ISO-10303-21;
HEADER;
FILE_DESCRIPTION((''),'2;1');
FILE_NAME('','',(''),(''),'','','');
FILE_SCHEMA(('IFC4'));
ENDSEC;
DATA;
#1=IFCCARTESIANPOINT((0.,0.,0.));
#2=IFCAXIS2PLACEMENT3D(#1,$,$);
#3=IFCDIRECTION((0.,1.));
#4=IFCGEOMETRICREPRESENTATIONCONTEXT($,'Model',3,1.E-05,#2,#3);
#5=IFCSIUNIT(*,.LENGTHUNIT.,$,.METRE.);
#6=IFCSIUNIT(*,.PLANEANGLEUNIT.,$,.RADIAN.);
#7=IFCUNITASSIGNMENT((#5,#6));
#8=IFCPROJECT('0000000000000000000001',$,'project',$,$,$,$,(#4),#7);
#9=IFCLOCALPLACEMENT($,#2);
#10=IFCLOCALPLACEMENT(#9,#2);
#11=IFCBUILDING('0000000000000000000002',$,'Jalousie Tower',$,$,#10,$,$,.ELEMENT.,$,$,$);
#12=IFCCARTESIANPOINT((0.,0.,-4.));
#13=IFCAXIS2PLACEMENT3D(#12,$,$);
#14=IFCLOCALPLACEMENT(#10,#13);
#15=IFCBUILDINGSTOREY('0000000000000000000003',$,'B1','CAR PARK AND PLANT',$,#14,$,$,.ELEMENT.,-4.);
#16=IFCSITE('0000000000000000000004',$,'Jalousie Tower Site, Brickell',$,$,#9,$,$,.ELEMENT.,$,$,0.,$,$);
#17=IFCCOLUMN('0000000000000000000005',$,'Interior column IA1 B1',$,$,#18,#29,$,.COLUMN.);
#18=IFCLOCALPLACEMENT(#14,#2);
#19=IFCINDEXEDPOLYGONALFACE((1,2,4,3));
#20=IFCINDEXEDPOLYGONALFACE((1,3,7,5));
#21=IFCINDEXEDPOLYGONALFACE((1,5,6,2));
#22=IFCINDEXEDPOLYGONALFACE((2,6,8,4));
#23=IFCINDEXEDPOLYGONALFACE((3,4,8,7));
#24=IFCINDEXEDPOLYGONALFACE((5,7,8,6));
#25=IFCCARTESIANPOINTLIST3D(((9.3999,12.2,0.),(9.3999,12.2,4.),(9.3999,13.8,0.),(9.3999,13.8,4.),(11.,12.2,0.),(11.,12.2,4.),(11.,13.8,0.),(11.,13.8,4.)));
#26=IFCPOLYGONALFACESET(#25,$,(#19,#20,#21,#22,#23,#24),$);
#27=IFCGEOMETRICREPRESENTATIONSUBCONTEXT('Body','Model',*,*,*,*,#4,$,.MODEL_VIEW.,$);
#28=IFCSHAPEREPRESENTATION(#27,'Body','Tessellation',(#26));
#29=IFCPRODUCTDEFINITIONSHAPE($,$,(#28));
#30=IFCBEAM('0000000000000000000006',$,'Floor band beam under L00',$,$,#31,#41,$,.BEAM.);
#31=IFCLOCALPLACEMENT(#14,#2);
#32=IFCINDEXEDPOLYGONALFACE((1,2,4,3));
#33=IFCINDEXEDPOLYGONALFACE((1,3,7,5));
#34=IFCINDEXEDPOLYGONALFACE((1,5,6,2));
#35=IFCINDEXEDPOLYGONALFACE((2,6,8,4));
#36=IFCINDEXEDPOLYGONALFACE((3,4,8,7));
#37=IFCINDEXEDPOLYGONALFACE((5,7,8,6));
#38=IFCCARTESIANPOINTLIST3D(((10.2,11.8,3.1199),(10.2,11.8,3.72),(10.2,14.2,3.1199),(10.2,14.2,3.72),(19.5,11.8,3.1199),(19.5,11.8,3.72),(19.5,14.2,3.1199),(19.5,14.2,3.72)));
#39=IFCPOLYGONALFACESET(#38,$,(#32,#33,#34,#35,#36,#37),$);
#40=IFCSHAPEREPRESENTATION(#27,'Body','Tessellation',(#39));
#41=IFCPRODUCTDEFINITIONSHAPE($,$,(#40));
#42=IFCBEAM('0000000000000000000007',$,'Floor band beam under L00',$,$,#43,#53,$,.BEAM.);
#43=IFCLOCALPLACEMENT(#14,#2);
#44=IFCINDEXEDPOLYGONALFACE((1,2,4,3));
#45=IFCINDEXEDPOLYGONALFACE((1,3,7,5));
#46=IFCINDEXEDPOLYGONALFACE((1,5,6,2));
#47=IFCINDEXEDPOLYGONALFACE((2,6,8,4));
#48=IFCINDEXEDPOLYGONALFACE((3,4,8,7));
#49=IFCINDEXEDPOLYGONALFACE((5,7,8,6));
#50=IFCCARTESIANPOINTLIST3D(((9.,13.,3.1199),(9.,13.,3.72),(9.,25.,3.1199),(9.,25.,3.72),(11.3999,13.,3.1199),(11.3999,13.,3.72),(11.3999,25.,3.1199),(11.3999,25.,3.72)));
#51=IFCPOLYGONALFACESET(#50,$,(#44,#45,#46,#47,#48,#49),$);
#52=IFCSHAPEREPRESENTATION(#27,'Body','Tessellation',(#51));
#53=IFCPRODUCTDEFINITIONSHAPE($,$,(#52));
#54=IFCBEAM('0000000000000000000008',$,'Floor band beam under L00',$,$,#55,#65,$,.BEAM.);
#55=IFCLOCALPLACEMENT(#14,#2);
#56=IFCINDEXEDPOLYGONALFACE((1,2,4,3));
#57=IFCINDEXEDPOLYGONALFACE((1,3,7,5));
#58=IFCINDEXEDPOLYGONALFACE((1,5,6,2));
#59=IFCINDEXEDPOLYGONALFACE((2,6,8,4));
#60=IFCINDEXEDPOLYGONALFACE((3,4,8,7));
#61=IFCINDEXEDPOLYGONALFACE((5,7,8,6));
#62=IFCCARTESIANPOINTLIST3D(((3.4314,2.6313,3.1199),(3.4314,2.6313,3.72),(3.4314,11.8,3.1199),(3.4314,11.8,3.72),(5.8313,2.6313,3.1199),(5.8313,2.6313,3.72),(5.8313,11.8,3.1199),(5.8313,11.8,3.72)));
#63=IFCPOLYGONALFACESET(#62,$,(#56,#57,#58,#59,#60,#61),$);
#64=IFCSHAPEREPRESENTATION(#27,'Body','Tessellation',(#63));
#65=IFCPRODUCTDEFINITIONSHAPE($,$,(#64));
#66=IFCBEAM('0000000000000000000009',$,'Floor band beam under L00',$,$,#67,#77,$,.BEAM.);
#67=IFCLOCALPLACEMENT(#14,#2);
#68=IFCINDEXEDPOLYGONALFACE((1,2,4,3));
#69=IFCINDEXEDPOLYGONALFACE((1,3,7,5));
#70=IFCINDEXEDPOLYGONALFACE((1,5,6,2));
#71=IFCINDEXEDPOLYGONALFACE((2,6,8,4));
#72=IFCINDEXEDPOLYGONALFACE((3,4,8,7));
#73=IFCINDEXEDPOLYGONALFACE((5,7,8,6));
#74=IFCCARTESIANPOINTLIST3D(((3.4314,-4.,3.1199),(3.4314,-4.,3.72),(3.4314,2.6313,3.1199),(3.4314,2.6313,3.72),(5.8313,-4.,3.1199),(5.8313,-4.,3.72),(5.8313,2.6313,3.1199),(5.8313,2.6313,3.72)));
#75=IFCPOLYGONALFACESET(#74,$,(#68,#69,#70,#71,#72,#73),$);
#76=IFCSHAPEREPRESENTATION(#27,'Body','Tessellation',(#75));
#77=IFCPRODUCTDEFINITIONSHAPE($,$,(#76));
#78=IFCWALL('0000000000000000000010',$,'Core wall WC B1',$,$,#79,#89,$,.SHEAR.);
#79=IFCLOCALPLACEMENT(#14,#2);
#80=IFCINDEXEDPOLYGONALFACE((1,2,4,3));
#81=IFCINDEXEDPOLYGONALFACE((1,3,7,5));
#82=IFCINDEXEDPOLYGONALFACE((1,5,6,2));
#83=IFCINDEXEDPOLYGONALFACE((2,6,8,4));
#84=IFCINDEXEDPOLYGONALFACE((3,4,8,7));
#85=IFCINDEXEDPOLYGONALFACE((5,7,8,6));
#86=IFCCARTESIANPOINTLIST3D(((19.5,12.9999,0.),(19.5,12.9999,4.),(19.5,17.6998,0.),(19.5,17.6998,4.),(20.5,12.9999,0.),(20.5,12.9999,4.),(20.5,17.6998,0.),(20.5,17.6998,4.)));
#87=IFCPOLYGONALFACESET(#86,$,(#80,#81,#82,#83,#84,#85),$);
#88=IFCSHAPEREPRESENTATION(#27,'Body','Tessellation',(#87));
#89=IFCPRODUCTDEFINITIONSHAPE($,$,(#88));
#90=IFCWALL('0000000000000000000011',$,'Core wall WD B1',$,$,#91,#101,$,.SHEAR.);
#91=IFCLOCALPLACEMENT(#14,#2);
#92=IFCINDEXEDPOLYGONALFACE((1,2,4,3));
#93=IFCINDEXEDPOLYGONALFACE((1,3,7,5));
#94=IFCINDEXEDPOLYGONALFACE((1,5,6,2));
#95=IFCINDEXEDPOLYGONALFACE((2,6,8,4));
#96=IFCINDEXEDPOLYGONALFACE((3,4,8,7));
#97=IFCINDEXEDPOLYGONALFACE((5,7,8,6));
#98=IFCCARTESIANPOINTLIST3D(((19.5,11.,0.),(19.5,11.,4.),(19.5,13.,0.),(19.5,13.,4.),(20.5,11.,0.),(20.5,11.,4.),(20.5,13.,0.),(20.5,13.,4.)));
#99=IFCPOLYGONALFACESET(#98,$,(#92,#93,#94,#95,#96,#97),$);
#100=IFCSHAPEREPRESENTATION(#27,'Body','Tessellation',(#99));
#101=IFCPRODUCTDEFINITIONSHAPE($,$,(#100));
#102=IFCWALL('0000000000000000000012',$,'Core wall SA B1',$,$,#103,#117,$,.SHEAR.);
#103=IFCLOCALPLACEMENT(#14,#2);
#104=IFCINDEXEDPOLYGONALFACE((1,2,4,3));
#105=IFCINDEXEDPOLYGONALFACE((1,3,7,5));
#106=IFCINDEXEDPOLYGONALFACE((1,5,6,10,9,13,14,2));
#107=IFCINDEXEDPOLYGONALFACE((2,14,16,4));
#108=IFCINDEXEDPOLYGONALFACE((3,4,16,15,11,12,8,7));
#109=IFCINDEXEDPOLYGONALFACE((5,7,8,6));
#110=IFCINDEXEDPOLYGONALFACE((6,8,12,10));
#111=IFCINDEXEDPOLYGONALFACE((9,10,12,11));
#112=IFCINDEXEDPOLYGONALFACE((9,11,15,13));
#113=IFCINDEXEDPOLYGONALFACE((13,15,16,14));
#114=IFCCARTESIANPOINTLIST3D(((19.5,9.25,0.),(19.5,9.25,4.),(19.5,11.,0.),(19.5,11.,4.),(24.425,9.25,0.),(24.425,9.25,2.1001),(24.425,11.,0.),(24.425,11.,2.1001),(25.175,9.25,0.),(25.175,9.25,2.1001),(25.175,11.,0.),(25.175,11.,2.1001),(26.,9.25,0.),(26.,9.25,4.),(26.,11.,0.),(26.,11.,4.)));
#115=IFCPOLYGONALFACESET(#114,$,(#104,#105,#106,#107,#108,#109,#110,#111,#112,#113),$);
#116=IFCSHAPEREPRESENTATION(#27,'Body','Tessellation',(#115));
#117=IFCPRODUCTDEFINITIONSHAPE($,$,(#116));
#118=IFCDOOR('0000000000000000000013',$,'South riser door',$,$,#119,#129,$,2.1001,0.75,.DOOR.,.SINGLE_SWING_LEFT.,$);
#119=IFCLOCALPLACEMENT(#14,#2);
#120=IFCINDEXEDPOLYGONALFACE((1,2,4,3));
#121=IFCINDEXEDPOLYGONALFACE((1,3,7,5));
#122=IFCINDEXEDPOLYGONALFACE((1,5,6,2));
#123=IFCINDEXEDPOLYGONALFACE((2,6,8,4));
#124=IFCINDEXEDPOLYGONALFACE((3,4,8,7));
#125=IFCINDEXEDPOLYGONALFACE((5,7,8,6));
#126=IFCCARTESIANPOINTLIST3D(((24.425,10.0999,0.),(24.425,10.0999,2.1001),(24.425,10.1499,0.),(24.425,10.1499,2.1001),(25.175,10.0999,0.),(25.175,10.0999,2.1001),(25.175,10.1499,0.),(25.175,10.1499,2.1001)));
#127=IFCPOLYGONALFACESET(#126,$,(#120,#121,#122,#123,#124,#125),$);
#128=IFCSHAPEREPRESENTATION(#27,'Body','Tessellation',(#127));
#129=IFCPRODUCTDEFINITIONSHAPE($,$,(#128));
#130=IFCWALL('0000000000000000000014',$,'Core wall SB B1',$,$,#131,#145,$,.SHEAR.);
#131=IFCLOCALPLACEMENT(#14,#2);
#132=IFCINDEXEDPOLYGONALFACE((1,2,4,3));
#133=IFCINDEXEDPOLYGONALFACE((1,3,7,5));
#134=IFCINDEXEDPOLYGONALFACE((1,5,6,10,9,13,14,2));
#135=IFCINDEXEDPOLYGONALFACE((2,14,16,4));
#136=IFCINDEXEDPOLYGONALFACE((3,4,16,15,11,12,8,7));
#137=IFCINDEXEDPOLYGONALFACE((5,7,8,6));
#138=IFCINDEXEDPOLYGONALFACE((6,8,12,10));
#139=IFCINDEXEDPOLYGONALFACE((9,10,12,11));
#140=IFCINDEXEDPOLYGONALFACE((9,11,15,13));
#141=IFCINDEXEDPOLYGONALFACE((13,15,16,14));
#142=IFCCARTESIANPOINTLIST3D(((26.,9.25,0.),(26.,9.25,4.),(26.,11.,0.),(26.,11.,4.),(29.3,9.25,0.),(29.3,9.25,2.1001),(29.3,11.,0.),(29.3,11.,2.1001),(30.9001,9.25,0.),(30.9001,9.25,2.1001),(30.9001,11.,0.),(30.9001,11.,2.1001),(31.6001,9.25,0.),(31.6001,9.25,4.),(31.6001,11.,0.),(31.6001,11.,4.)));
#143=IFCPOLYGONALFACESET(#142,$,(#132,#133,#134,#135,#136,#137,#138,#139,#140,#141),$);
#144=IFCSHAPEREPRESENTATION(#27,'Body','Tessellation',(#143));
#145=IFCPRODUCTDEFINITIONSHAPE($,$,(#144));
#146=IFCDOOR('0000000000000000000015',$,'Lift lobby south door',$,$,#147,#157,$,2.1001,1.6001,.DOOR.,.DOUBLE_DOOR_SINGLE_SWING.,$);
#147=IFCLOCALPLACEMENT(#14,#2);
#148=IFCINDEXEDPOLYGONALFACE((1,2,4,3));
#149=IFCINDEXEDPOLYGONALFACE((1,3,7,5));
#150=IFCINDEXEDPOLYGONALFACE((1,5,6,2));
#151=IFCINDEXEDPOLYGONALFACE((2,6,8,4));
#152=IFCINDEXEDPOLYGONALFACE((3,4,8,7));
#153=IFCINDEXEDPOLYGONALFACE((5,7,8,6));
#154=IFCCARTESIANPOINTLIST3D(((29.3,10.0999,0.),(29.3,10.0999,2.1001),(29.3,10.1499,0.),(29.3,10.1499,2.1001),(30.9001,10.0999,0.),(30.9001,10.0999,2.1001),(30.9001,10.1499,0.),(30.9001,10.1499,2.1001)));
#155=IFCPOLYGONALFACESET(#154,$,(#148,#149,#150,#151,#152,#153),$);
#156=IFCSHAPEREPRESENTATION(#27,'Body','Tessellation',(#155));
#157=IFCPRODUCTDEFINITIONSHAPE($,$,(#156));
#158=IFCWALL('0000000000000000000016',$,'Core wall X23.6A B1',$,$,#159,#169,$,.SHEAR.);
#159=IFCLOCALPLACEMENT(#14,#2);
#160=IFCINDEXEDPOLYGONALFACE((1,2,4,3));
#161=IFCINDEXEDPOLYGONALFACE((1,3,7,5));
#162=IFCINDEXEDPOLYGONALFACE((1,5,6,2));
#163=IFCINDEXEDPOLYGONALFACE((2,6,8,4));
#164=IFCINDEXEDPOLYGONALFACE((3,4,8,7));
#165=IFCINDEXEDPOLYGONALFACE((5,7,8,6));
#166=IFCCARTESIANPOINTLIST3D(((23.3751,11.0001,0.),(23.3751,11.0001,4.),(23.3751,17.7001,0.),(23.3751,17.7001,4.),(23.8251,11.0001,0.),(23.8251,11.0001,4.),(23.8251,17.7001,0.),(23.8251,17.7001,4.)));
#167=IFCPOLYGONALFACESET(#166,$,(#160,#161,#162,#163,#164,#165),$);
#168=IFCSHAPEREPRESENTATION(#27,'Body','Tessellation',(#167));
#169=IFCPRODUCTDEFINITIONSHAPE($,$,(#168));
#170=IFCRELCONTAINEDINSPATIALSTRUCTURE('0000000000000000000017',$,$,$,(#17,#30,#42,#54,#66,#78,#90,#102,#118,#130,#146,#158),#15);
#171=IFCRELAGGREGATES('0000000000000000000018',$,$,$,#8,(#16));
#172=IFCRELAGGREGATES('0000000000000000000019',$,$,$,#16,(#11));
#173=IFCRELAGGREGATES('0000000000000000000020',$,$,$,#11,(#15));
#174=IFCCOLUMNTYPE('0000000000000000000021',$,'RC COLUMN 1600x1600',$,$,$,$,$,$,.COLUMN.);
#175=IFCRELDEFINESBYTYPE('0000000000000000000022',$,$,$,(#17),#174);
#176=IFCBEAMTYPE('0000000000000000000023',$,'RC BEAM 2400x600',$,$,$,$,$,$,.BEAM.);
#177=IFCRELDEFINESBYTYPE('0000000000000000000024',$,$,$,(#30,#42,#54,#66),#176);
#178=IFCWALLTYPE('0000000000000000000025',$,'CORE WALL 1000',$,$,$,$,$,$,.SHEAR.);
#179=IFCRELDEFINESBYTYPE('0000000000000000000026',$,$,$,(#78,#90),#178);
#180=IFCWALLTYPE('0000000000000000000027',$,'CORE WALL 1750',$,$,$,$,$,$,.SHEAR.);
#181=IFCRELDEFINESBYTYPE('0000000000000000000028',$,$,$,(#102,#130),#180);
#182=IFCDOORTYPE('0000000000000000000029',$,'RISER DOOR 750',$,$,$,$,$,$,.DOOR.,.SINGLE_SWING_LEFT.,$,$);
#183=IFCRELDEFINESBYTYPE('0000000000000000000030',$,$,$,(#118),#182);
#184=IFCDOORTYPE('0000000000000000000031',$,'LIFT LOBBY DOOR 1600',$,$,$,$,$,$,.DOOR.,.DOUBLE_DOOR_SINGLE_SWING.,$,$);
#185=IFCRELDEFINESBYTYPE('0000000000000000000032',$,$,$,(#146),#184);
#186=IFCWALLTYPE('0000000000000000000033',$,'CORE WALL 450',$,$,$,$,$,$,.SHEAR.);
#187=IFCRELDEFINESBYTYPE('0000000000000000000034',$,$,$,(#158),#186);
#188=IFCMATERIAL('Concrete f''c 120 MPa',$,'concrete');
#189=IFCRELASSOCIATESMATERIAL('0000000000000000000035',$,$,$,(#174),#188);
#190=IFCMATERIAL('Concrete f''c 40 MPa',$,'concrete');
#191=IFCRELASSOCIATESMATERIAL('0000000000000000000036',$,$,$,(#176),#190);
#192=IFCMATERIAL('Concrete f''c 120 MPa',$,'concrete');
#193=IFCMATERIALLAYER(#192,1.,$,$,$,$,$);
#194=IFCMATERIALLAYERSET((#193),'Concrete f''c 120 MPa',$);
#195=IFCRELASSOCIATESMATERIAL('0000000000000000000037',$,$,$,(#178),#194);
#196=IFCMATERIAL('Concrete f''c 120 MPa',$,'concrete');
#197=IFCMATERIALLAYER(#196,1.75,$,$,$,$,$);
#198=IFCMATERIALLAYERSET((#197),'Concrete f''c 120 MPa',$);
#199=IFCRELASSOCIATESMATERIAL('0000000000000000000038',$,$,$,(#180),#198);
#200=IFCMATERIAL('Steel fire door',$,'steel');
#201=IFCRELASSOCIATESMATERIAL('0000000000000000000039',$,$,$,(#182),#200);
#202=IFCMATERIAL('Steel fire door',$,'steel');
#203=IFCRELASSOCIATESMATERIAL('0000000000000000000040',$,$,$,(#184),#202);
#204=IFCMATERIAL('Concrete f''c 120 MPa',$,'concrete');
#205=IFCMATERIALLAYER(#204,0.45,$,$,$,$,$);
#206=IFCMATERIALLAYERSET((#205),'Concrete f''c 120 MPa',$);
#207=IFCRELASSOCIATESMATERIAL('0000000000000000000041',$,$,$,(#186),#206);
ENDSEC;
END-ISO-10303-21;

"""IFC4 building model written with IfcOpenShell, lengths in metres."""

from ifc_helpers import new_model, si_unit, direction, frame, frame_2d, origin, origin_2d, place, context, subcontext, project, spatial, rectangle, extrude, material, layer, layer_set, material_profile, profile_set, type_object, element, fill, save


model = new_model("IFC4")

# Units and contexts
model_context = context("Model", 3, precision=1e-05, world=origin(), true_north=direction((0.0, 1.0)))
body_context = subcontext(model_context, "Body", "Model", "MODEL_VIEW")
ifc_project = project(units=[si_unit("LENGTHUNIT", "METRE"), si_unit("PLANEANGLEUNIT", "RADIAN")], contexts=[model_context])

# Site, building, storey
site_placement = place(None, origin())
site = spatial("IfcSite", under=ifc_project, at=site_placement, Name="Jalousie Tower Site, Brickell", CompositionType="ELEMENT", RefElevation=0.0)
building_placement = place(site_placement, origin())
building = spatial("IfcBuilding", under=site, at=building_placement, Name="Jalousie Tower", CompositionType="ELEMENT")
storey_placement = place(building_placement, frame((0.0, 0.0, -4.0)))
storey = spatial("IfcBuildingStorey", under=building, at=storey_placement, Name="B1", Description="CAR PARK AND PLANT", CompositionType="ELEMENT", Elevation=-4.0)

# Column
ifc_material_1 = material(Name="Concrete f'c 120 MPa", Category="concrete")
ifc_material_profile_1 = material_profile(ifc_material_1, rectangle(XDim=1.6001, YDim=1.6001, at=origin_2d()), Name="RC 1600x1600")
ifc_profile_set_1 = profile_set([ifc_material_profile_1], Name="Concrete f'c 120 MPa")
column_type = type_object("IfcColumnType", Name="RC COLUMN 1600x1600", PredefinedType="COLUMN", material=ifc_profile_set_1)
column_placement = place(storey_placement, frame((10.2, 13.0, 0.0), z_axis=(0.0, 0.0, 1.0), x_axis=(1.0, 0.0, 0.0)))
element("IfcColumn", 1, at=column_placement, inside=storey, type_object=column_type, Name="Interior column IA1 B1", PredefinedType="COLUMN", context=body_context, shape_type="SweptSolid", body=[
    extrude(rectangle(XDim=1.6001, YDim=1.6001, at=origin_2d()), origin(), (0.0, 0.0, 1.0), 4.0),
])

# Beams
ifc_material_2 = material(Name="Concrete f'c 40 MPa", Category="concrete")
ifc_material_profile_2 = material_profile(ifc_material_2, rectangle(XDim=2.3999, YDim=0.6001, at=origin_2d()), Name="RC 2400x600")
ifc_profile_set_2 = profile_set([ifc_material_profile_2], Name="Concrete f'c 40 MPa")
beam_type = type_object("IfcBeamType", Name="RC BEAM 2400x600", PredefinedType="BEAM", material=ifc_profile_set_2)
beam_1_placement = place(storey_placement, frame((10.2, 13.0, 3.4199), z_axis=(1.0, 0.0, 0.0), x_axis=(0.0, 1.0, 0.0)))
element("IfcBeam", 2, at=beam_1_placement, inside=storey, type_object=beam_type, Name="Floor band beam under L00", PredefinedType="BEAM", context=body_context, shape_type="SweptSolid", body=[
    extrude(rectangle(XDim=2.3999, YDim=0.6001, at=origin_2d()), origin(), (0.0, 0.0, 1.0), 9.3),
])
beam_2_placement = place(storey_placement, frame((10.2, 13.0, 3.4199), z_axis=(0.0, 1.0, 0.0), x_axis=(-1.0, 0.0, 0.0)))
element("IfcBeam", 3, at=beam_2_placement, inside=storey, type_object=beam_type, Name="Floor band beam under L00", PredefinedType="BEAM", context=body_context, shape_type="SweptSolid", body=[
    extrude(rectangle(XDim=2.3999, YDim=0.6001, at=origin_2d()), origin(), (0.0, 0.0, 1.0), 12.0),
])
beam_3_placement = place(storey_placement, frame((4.6313, 2.6313, 3.4199), z_axis=(0.0, 1.0, 0.0), x_axis=(-1.0, 0.0, 0.0)))
element("IfcBeam", 4, at=beam_3_placement, inside=storey, type_object=beam_type, Name="Floor band beam under L00", PredefinedType="BEAM", context=body_context, shape_type="SweptSolid", body=[
    extrude(rectangle(XDim=2.3999, YDim=0.6001, at=origin_2d()), origin(), (0.0, 0.0, 1.0), 9.1687),
])
beam_4_placement = place(storey_placement, frame((4.6313, 2.6313, 3.4199), z_axis=(0.0, -1.0, 0.0), x_axis=(1.0, 0.0, 0.0)))
element("IfcBeam", 5, at=beam_4_placement, inside=storey, type_object=beam_type, Name="Floor band beam under L00", PredefinedType="BEAM", context=body_context, shape_type="SweptSolid", body=[
    extrude(rectangle(XDim=2.3999, YDim=0.6001, at=origin_2d()), origin(), (0.0, 0.0, 1.0), 6.6313),
])

# Walls
ifc_material_3 = material(Name="Concrete f'c 120 MPa", Category="concrete")
ifc_layer_1 = layer(ifc_material_3, 1.0)
ifc_layer_set_1 = layer_set([ifc_layer_1], Name="Concrete f'c 120 MPa")
wall_type_1 = type_object("IfcWallType", Name="CORE WALL 1000", PredefinedType="SHEAR", material=ifc_layer_set_1)
wall_1_placement = place(storey_placement, frame((20.0, 17.7, 0.0), z_axis=(0.0, 0.0, 1.0), x_axis=(0.0, -1.0, 0.0)))
element("IfcWall", 6, at=wall_1_placement, inside=storey, type_object=wall_type_1, Name="Core wall WC B1", PredefinedType="SHEAR", context=body_context, shape_type="SweptSolid", body=[
    extrude(rectangle(XDim=4.7, YDim=1.0, at=frame_2d((2.3501, 0.0))), origin(), (0.0, 0.0, 1.0), 4.0),
])
wall_2_placement = place(storey_placement, frame((20.0, 13.0, 0.0), z_axis=(0.0, 0.0, 1.0), x_axis=(0.0, -1.0, 0.0)))
element("IfcWall", 7, at=wall_2_placement, inside=storey, type_object=wall_type_1, Name="Core wall WD B1", PredefinedType="SHEAR", context=body_context, shape_type="SweptSolid", body=[
    extrude(rectangle(XDim=2.0, YDim=1.0, at=frame_2d((1.0, 0.0))), origin(), (0.0, 0.0, 1.0), 4.0),
])

# Walls, openings, doors
ifc_material_4 = material(Name="Concrete f'c 120 MPa", Category="concrete")
ifc_layer_2 = layer(ifc_material_4, 1.75)
ifc_layer_set_2 = layer_set([ifc_layer_2], Name="Concrete f'c 120 MPa")
wall_type_2 = type_object("IfcWallType", Name="CORE WALL 1750", PredefinedType="SHEAR", material=ifc_layer_set_2)
wall_3_placement = place(storey_placement, frame((19.5, 10.125, 0.0), z_axis=(0.0, 0.0, 1.0), x_axis=(1.0, 0.0, 0.0)))
wall_3 = element("IfcWall", 8, at=wall_3_placement, inside=storey, type_object=wall_type_2, Name="Core wall SA B1", PredefinedType="SHEAR", context=body_context, shape_type="SweptSolid", body=[
    extrude(rectangle(XDim=6.5, YDim=1.75, at=frame_2d((3.25, 0.0))), origin(), (0.0, 0.0, 1.0), 4.0),
])
opening_1_placement = place(wall_3_placement, frame((4.925, 0.0, 0.0)))
opening_1 = element("IfcOpeningElement", 9, at=opening_1_placement, cuts=wall_3, PredefinedType="OPENING", context=body_context, shape_type="SweptSolid", body=[
    extrude(rectangle(XDim=0.75, YDim=2.1001, at=frame_2d((0.375, 1.05))), frame((0.0, 0.885, 0.0), z_axis=(0.0, -1.0, 0.0), x_axis=(1.0, 0.0, 0.0)), (0.0, 0.0, 1.0), 1.77),
])
ifc_material_5 = material(Name="Steel fire door", Category="steel")
door_type_1 = type_object("IfcDoorType", Name="RISER DOOR 750", OperationType="SINGLE_SWING_LEFT", PredefinedType="DOOR", material=ifc_material_5)
door_1_placement = place(opening_1_placement, origin())
door_1 = element("IfcDoor", 10, at=door_1_placement, inside=storey, type_object=door_type_1, Name="South riser door", OperationType="SINGLE_SWING_LEFT", OverallHeight=2.1001, OverallWidth=0.75, PredefinedType="DOOR", context=body_context, shape_type="SweptSolid", body=[
    extrude(rectangle(XDim=0.75, YDim=2.1001, at=frame_2d((0.375, 1.05))), frame((0.0, 0.0249, 0.0), z_axis=(0.0, -1.0, 0.0), x_axis=(1.0, 0.0, 0.0)), (0.0, 0.0, 1.0), 0.05),
])
fill(opening_1, door_1)
wall_4_placement = place(storey_placement, frame((26.0, 10.125, 0.0), z_axis=(0.0, 0.0, 1.0), x_axis=(1.0, 0.0, 0.0)))
wall_4 = element("IfcWall", 11, at=wall_4_placement, inside=storey, type_object=wall_type_2, Name="Core wall SB B1", PredefinedType="SHEAR", context=body_context, shape_type="SweptSolid", body=[
    extrude(rectangle(XDim=5.6001, YDim=1.75, at=frame_2d((2.8, 0.0))), origin(), (0.0, 0.0, 1.0), 4.0),
])
opening_2_placement = place(wall_4_placement, frame((3.3, 0.0, 0.0)))
opening_2 = element("IfcOpeningElement", 12, at=opening_2_placement, cuts=wall_4, PredefinedType="OPENING", context=body_context, shape_type="SweptSolid", body=[
    extrude(rectangle(XDim=1.6001, YDim=2.1001, at=frame_2d((0.8, 1.05))), frame((0.0, 0.885, 0.0), z_axis=(0.0, -1.0, 0.0), x_axis=(1.0, 0.0, 0.0)), (0.0, 0.0, 1.0), 1.77),
])
ifc_material_6 = material(Name="Steel fire door", Category="steel")
door_type_2 = type_object("IfcDoorType", Name="LIFT LOBBY DOOR 1600", OperationType="DOUBLE_DOOR_SINGLE_SWING", PredefinedType="DOOR", material=ifc_material_6)
door_2_placement = place(opening_2_placement, origin())
door_2 = element("IfcDoor", 13, at=door_2_placement, inside=storey, type_object=door_type_2, Name="Lift lobby south door", OperationType="DOUBLE_DOOR_SINGLE_SWING", OverallHeight=2.1001, OverallWidth=1.6001, PredefinedType="DOOR", context=body_context, shape_type="SweptSolid", body=[
    extrude(rectangle(XDim=1.6001, YDim=2.1001, at=frame_2d((0.8, 1.05))), frame((0.0, 0.0249, 0.0), z_axis=(0.0, -1.0, 0.0), x_axis=(1.0, 0.0, 0.0)), (0.0, 0.0, 1.0), 0.05),
])
fill(opening_2, door_2)

# Wall
ifc_material_7 = material(Name="Concrete f'c 120 MPa", Category="concrete")
ifc_layer_3 = layer(ifc_material_7, 0.45)
ifc_layer_set_3 = layer_set([ifc_layer_3], Name="Concrete f'c 120 MPa")
wall_type_3 = type_object("IfcWallType", Name="CORE WALL 450", PredefinedType="SHEAR", material=ifc_layer_set_3)
wall_5_placement = place(storey_placement, frame((23.6001, 11.0, 0.0), z_axis=(0.0, 0.0, 1.0), x_axis=(0.0, 1.0, 0.0)))
element("IfcWall", 14, at=wall_5_placement, inside=storey, type_object=wall_type_3, Name="Core wall X23.6A B1", PredefinedType="SHEAR", context=body_context, shape_type="SweptSolid", body=[
    extrude(rectangle(XDim=6.7, YDim=0.45, at=frame_2d((3.3501, 0.0))), origin(), (0.0, 0.0, 1.0), 4.0),
])

save(model, "model.ifc")
